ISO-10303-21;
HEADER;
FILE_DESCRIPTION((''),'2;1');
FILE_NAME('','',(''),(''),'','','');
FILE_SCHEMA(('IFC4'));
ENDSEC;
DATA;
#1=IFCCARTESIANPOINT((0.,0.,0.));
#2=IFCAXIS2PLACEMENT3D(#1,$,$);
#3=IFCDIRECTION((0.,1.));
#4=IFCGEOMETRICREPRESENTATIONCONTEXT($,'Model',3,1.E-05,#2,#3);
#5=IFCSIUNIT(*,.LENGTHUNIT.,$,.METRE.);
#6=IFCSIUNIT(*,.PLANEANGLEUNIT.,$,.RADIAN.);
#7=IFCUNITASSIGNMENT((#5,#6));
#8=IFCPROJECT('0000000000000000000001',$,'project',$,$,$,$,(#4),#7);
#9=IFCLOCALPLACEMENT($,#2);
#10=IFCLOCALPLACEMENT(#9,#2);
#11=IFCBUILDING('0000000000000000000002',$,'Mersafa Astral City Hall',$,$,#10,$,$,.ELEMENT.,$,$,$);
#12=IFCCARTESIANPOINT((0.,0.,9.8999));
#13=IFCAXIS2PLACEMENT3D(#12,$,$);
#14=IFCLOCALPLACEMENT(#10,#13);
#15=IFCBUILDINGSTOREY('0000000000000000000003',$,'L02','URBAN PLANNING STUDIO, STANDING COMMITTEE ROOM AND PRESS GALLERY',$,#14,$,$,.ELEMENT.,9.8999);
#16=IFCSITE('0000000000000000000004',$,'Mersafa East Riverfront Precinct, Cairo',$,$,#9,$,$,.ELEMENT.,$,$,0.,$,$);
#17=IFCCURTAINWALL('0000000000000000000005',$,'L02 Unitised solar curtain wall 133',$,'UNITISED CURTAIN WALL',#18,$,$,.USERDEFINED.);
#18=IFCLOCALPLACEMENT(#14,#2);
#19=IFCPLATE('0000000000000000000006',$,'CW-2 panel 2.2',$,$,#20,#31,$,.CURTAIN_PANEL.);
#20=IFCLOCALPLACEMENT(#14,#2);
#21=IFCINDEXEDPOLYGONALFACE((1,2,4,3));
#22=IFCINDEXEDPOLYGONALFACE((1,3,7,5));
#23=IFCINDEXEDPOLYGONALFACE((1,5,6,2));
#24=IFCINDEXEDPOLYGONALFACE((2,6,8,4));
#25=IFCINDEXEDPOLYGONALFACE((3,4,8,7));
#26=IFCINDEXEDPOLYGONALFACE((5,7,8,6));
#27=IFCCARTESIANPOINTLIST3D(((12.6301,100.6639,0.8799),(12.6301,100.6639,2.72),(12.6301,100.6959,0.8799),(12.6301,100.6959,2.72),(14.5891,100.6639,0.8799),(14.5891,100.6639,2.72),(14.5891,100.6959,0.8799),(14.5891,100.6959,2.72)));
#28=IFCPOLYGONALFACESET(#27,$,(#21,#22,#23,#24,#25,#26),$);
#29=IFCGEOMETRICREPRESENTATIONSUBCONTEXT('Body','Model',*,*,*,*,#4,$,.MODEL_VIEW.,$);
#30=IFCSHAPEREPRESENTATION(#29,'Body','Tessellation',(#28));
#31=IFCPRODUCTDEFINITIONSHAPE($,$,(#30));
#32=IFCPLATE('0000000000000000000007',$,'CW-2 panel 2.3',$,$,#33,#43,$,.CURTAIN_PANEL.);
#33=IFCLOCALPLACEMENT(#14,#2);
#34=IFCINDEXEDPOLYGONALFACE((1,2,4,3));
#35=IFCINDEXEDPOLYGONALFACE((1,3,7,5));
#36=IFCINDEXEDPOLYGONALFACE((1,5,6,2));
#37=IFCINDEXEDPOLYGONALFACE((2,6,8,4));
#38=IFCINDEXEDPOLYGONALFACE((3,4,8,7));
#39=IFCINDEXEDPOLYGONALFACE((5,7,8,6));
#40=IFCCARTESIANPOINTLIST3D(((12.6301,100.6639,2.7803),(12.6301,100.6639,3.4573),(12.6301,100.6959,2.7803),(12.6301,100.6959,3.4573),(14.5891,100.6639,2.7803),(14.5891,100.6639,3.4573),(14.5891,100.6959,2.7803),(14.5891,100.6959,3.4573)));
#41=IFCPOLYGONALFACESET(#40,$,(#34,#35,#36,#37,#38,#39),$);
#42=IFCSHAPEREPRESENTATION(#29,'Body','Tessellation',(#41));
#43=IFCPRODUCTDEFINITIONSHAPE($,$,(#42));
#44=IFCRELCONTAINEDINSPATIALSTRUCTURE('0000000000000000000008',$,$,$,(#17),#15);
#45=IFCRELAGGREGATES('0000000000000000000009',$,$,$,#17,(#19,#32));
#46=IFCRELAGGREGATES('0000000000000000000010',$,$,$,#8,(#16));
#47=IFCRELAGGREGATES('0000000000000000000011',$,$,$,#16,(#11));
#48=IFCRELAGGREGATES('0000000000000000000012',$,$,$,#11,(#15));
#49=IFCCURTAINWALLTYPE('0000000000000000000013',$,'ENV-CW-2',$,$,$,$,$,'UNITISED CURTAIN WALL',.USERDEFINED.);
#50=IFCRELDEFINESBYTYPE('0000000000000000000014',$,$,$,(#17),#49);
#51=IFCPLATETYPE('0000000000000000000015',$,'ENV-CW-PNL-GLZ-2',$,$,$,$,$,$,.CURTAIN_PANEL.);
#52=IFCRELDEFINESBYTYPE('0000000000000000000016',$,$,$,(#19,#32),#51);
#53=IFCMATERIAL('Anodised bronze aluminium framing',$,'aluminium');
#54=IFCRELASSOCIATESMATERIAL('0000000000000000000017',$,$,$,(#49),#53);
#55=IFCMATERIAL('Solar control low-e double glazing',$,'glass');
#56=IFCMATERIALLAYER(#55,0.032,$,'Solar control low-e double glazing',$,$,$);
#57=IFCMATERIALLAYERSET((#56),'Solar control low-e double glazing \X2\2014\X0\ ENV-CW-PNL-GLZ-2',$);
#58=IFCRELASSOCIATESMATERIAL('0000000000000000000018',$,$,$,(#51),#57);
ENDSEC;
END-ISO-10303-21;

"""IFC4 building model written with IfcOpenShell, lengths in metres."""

from ifc_helpers import new_model, si_unit, direction, frame, origin, origin_2d, place, context, subcontext, project, spatial, rectangle, extrude, material, layer, layer_set, type_object, element, aggregate, save


model = new_model("IFC4")

# Units and contexts
model_context = context("Model", 3, precision=1e-05, world=origin(), true_north=direction((0.0, 1.0)))
body_context = subcontext(model_context, "Body", "Model", "MODEL_VIEW")
ifc_project = project(units=[si_unit("LENGTHUNIT", "METRE"), si_unit("PLANEANGLEUNIT", "RADIAN")], contexts=[model_context])

# Site, building, storey
site_placement = place(None, origin())
site = spatial("IfcSite", under=ifc_project, at=site_placement, Name="Mersafa East Riverfront Precinct, Cairo", CompositionType="ELEMENT", RefElevation=0.0)
building_placement = place(site_placement, origin())
building = spatial("IfcBuilding", under=site, at=building_placement, Name="Mersafa Astral City Hall", CompositionType="ELEMENT")
storey_placement = place(building_placement, frame((0.0, 0.0, 9.8999)))
storey = spatial("IfcBuildingStorey", under=building, at=storey_placement, Name="L02", Description="URBAN PLANNING STUDIO, STANDING COMMITTEE ROOM AND PRESS GALLERY", CompositionType="ELEMENT", Elevation=9.8999)

# Curtain wall
ifc_material_1 = material(Name="Anodised bronze aluminium framing", Category="aluminium")
curtain_wall_type = type_object("IfcCurtainWallType", Name="ENV-CW-2", ElementType="UNITISED CURTAIN WALL", PredefinedType="USERDEFINED", material=ifc_material_1)
curtain_wall_placement = place(storey_placement, origin())
curtain_wall = element("IfcCurtainWall", 1, at=curtain_wall_placement, inside=storey, type_object=curtain_wall_type, Name="L02 Unitised solar curtain wall 133", ObjectType="UNITISED CURTAIN WALL", PredefinedType="USERDEFINED")

# Plates
ifc_material_2 = material(Name="Solar control low-e double glazing", Category="glass")
ifc_layer = layer(ifc_material_2, 0.032, Name="Solar control low-e double glazing")
ifc_layer_set = layer_set([ifc_layer], Name="Solar control low-e double glazing — ENV-CW-PNL-GLZ-2")
plate_type = type_object("IfcPlateType", Name="ENV-CW-PNL-GLZ-2", PredefinedType="CURTAIN_PANEL", material=ifc_layer_set)
plate_1_placement = place(storey_placement, frame((13.6096, 100.6799, 0.8799), z_axis=(0.0, 0.0, 1.0), x_axis=(-1.0, 0.0, 0.0)))
plate_1 = element("IfcPlate", 2, at=plate_1_placement, type_object=plate_type, Name="CW-2 panel 2.2", PredefinedType="CURTAIN_PANEL", context=body_context, shape_type="SweptSolid", body=[
    extrude(rectangle(XDim=1.959, YDim=0.032, at=origin_2d()), origin(), (0.0, 0.0, 1.0), 1.8401),
])
plate_2_placement = place(storey_placement, frame((13.6096, 100.6799, 2.7803), z_axis=(0.0, 0.0, 1.0), x_axis=(-1.0, 0.0, 0.0)))
plate_2 = element("IfcPlate", 3, at=plate_2_placement, type_object=plate_type, Name="CW-2 panel 2.3", PredefinedType="CURTAIN_PANEL", context=body_context, shape_type="SweptSolid", body=[
    extrude(rectangle(XDim=1.959, YDim=0.032, at=origin_2d()), origin(), (0.0, 0.0, 1.0), 0.677),
])
aggregate(curtain_wall, [plate_1, plate_2])

save(model, "model.ifc")
